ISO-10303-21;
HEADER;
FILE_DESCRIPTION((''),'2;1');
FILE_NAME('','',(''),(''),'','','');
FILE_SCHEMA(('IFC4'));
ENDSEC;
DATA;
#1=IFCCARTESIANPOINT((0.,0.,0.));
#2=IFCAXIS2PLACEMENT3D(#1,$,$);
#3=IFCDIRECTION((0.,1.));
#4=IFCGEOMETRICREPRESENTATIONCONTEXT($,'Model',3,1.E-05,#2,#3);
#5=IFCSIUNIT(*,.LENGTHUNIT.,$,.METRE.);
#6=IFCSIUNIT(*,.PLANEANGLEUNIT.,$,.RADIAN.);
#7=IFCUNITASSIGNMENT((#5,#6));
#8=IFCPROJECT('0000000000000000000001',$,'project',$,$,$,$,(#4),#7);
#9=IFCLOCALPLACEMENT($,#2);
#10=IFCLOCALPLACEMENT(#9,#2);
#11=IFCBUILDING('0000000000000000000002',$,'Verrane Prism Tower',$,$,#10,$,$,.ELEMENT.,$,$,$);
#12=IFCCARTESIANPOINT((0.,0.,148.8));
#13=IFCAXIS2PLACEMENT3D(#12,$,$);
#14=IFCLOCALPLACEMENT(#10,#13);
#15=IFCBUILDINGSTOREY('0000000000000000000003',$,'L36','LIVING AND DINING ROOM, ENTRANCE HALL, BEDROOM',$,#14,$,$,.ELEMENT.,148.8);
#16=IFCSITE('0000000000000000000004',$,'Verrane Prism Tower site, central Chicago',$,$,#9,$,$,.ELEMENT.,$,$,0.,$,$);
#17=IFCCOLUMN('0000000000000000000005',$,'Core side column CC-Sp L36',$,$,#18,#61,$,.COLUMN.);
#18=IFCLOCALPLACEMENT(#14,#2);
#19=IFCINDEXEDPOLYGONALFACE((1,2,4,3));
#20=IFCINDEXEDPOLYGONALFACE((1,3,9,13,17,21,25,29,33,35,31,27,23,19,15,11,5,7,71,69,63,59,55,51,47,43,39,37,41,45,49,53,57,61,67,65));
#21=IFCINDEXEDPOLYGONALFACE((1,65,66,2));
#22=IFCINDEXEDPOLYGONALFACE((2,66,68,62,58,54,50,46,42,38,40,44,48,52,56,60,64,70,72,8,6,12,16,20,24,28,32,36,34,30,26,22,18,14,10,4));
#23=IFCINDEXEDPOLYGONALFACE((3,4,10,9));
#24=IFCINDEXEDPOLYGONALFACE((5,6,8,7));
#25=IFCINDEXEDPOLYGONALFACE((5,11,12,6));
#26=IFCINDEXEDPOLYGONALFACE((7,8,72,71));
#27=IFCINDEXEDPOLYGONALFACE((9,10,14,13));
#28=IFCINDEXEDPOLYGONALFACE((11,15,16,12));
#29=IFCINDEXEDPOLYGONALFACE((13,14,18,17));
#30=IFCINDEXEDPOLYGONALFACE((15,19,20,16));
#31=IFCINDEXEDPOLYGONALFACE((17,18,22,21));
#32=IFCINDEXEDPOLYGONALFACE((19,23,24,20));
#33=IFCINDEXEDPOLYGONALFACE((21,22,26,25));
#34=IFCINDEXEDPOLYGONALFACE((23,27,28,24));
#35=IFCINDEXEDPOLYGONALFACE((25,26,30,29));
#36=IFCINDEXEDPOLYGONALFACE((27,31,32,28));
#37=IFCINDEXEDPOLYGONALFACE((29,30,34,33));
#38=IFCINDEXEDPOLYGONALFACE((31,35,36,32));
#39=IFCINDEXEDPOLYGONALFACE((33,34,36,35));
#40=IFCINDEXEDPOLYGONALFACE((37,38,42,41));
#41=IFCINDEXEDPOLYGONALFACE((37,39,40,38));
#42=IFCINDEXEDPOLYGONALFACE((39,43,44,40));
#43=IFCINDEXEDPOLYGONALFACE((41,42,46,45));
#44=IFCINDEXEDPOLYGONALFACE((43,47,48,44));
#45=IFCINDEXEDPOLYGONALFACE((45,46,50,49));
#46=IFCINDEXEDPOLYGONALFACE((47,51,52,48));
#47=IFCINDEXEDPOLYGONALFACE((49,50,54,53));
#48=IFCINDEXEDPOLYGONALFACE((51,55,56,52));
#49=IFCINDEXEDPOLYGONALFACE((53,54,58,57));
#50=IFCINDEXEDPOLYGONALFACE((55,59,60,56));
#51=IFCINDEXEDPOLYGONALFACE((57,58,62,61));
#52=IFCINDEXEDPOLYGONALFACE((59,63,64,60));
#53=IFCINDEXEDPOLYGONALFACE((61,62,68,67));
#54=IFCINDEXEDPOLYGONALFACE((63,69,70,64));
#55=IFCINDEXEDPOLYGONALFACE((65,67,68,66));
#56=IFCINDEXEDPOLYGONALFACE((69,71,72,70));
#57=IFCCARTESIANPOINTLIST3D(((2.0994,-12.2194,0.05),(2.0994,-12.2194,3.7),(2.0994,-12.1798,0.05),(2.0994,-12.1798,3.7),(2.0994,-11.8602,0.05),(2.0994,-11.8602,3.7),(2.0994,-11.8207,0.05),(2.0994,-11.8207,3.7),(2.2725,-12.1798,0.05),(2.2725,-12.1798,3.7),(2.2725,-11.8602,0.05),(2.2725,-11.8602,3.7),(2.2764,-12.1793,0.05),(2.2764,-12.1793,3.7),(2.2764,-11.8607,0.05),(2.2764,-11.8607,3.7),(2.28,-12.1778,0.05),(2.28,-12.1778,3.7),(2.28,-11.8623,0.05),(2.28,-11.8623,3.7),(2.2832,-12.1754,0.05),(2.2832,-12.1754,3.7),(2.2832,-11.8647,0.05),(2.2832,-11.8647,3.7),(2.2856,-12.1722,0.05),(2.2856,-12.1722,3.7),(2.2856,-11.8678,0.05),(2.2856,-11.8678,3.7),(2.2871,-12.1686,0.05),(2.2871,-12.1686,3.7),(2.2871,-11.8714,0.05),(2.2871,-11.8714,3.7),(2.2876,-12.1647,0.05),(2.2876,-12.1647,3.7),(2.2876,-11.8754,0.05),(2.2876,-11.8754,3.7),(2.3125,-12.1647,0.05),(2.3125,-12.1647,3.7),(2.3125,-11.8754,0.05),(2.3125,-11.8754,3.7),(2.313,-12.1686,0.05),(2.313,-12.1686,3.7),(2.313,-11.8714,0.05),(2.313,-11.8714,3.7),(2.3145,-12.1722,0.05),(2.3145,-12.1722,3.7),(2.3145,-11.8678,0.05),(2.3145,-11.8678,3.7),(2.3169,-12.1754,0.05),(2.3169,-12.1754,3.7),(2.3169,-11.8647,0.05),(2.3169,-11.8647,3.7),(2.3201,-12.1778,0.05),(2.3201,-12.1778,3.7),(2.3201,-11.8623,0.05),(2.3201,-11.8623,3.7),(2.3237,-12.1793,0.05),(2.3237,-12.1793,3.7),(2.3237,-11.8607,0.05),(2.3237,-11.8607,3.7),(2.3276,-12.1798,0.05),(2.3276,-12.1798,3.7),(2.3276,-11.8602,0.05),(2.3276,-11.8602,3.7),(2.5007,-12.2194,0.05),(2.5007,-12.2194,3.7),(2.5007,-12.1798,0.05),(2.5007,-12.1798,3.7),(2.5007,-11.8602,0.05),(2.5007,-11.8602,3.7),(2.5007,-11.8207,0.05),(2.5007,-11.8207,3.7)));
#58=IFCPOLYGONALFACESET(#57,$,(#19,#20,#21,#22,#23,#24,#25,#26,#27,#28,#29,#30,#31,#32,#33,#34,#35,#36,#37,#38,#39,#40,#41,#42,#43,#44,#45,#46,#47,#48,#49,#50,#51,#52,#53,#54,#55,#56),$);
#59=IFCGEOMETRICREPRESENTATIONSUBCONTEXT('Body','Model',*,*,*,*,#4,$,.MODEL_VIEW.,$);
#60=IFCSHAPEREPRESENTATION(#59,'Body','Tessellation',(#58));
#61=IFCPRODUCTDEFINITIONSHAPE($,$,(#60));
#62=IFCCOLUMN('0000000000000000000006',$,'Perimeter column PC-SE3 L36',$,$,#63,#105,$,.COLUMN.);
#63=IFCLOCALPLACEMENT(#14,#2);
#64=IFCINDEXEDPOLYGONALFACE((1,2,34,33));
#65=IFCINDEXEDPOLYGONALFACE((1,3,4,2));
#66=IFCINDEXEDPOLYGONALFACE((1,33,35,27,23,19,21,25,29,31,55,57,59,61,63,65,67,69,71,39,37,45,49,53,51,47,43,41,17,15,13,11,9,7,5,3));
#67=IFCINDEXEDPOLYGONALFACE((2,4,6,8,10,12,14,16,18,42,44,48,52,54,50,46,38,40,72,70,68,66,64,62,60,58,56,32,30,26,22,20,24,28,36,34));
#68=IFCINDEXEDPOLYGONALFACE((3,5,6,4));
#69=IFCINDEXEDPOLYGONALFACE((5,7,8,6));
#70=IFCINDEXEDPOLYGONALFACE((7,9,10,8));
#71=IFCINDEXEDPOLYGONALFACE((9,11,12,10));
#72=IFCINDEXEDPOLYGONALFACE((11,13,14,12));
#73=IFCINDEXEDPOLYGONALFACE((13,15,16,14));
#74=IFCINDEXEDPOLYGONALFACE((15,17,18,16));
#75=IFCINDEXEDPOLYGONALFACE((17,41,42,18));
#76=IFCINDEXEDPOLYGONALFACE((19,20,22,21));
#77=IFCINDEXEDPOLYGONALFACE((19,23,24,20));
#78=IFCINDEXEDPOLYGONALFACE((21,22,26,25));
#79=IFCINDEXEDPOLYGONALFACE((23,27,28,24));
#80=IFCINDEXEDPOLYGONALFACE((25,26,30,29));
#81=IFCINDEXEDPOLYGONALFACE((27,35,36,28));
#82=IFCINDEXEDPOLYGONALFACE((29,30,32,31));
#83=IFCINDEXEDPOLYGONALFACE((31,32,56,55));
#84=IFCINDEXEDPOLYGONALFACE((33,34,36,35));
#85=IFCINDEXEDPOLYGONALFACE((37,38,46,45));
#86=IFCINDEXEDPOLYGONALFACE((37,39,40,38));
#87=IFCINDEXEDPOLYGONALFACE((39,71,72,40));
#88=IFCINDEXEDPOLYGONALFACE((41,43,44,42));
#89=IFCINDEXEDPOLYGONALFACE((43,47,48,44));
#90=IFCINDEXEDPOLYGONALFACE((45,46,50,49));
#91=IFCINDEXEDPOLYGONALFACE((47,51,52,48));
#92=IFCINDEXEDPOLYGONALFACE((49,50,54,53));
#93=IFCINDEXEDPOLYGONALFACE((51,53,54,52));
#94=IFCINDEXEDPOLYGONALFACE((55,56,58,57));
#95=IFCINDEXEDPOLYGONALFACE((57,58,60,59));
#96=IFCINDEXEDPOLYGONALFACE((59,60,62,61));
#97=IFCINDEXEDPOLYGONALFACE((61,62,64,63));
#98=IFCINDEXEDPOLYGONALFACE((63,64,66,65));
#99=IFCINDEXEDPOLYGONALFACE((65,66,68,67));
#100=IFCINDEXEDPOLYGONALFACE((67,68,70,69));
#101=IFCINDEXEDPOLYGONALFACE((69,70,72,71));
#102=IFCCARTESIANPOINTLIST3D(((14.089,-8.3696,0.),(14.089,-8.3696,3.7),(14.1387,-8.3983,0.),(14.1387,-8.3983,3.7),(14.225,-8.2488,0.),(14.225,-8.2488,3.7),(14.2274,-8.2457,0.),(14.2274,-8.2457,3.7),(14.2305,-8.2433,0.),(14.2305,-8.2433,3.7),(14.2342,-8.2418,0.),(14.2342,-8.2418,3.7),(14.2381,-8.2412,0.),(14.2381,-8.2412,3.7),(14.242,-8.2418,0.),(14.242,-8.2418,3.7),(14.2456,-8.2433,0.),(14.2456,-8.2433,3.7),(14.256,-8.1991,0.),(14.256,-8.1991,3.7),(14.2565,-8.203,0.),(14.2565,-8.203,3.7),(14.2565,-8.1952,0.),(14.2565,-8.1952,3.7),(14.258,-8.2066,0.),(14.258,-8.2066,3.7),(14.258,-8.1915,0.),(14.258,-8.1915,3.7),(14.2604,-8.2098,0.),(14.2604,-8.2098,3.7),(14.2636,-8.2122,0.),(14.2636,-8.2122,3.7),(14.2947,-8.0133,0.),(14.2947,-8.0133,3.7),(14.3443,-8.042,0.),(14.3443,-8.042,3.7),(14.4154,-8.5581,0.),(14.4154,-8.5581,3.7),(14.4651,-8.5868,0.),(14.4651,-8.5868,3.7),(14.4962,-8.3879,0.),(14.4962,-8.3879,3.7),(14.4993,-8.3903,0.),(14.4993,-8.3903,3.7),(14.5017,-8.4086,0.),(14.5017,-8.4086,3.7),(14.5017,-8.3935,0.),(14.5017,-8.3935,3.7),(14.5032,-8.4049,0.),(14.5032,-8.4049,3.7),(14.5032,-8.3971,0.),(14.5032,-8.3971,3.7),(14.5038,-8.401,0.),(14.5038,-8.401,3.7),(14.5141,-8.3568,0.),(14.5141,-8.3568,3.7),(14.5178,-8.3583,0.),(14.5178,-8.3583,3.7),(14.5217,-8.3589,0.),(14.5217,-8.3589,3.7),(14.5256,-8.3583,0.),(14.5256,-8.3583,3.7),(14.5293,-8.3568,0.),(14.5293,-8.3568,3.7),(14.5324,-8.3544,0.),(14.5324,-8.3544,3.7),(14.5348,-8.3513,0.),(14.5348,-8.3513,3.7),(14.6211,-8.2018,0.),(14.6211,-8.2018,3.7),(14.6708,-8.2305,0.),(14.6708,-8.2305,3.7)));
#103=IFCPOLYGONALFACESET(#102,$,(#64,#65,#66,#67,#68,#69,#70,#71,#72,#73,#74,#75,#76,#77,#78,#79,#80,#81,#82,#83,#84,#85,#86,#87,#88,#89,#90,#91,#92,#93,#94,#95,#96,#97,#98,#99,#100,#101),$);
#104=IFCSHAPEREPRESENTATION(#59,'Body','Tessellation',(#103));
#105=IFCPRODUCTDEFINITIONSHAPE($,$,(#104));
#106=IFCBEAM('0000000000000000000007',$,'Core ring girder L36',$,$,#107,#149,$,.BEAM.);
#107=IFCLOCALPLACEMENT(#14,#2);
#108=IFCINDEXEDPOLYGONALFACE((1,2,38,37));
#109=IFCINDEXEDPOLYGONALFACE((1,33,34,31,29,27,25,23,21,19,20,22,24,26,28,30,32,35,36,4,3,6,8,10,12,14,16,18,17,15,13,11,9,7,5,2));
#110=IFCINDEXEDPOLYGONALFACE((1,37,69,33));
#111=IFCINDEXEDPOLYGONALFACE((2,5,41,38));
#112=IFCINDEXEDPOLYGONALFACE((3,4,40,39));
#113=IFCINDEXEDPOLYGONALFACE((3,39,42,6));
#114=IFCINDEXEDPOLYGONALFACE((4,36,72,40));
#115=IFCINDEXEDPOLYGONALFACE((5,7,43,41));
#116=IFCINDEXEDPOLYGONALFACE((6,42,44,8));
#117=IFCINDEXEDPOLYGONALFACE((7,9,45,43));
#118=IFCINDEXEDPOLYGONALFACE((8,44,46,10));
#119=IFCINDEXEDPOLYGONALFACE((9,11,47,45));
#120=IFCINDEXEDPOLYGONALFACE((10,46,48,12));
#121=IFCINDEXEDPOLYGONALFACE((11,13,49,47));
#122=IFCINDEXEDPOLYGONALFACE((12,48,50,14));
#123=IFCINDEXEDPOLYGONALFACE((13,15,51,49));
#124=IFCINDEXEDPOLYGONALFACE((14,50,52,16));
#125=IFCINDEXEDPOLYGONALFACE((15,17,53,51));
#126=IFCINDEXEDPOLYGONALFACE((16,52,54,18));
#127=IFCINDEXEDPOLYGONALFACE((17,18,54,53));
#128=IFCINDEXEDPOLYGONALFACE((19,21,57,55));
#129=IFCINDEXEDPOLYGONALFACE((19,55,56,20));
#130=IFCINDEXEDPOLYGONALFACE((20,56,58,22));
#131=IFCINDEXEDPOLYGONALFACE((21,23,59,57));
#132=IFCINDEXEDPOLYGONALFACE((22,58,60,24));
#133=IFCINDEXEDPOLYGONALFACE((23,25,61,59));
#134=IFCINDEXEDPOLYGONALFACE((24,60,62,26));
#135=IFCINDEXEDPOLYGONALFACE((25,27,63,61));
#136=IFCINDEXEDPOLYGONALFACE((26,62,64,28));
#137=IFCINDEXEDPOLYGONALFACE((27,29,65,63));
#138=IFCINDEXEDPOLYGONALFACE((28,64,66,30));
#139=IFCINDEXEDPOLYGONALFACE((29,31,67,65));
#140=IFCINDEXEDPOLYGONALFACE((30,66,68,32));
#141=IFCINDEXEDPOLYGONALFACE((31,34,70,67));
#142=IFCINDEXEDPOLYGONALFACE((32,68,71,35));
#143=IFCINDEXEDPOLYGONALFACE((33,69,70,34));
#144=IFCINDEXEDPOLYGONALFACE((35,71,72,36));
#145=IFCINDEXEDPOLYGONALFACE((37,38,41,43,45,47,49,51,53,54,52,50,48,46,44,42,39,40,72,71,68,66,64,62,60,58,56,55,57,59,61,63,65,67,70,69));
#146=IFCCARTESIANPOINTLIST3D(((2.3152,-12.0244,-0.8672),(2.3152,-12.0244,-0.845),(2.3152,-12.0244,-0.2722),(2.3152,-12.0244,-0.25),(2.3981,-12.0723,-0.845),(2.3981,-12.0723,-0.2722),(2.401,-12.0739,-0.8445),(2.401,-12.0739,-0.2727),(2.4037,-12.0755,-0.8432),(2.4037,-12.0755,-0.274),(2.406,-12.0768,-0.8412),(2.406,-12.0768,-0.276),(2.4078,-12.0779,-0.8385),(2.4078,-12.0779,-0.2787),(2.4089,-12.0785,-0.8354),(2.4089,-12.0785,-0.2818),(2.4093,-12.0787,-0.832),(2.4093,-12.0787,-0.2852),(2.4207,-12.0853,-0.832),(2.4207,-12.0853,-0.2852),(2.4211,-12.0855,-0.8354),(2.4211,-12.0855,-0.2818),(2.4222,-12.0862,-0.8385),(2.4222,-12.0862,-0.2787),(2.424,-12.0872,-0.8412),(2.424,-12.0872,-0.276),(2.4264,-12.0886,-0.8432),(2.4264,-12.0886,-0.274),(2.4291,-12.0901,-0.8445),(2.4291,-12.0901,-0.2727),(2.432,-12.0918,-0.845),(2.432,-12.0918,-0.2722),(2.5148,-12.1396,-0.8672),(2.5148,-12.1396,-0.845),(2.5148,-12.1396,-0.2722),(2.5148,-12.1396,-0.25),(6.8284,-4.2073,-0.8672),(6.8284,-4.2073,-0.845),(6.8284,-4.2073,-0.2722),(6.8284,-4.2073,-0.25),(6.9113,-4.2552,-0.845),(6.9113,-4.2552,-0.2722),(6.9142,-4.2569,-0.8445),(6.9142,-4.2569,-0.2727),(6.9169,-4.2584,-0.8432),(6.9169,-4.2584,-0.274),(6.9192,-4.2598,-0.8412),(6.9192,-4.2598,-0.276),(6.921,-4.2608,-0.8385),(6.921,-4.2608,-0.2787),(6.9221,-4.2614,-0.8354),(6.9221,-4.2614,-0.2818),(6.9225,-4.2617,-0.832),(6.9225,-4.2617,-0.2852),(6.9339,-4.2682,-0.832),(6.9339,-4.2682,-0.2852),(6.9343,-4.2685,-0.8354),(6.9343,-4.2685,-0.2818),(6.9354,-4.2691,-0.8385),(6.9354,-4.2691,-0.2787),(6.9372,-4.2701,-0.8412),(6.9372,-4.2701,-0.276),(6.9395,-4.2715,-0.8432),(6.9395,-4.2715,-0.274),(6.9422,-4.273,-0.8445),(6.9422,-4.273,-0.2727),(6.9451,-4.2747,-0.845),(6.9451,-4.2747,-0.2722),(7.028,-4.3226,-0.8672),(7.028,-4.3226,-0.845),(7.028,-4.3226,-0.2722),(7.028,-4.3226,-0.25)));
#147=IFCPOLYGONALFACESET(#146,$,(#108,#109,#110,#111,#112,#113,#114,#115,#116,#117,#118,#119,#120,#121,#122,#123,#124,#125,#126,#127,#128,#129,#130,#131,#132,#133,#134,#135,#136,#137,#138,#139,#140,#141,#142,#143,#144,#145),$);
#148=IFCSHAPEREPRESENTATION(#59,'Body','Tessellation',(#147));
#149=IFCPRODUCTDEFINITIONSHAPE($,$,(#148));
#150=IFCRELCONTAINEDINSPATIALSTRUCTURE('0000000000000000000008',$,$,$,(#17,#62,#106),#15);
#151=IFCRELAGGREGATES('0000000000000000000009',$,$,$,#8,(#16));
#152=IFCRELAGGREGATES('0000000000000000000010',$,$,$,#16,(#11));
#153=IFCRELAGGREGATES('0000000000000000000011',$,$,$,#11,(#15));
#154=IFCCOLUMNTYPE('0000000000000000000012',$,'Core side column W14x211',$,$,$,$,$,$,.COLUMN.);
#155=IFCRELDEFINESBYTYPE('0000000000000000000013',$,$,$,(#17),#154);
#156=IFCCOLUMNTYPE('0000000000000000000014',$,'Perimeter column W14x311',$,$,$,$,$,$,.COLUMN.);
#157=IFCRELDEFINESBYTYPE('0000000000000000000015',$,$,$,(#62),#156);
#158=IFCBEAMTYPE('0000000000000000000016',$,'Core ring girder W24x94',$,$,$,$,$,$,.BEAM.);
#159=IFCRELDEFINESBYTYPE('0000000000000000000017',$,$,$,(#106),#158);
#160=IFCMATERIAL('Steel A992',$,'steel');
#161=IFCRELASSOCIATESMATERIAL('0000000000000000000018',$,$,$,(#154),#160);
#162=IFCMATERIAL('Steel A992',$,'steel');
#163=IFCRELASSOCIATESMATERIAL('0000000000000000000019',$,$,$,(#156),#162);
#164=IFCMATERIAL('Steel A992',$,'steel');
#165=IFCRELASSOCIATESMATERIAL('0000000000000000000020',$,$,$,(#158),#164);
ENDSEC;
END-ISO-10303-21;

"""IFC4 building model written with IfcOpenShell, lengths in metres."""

from ifc_helpers import new_model, si_unit, direction, frame, origin, origin_2d, place, context, subcontext, project, spatial, i_section, extrude, material, material_profile, profile_set, type_object, element, save


model = new_model("IFC4")

# Units and contexts
model_context = context("Model", 3, precision=1e-05, world=origin(), true_north=direction((0.0, 1.0)))
body_context = subcontext(model_context, "Body", "Model", "MODEL_VIEW")
ifc_project = project(units=[si_unit("LENGTHUNIT", "METRE"), si_unit("PLANEANGLEUNIT", "RADIAN")], contexts=[model_context])

# Site, building, storey
site_placement = place(None, origin())
site = spatial("IfcSite", under=ifc_project, at=site_placement, Name="Verrane Prism Tower site, central Chicago", CompositionType="ELEMENT", RefElevation=0.0)
building_placement = place(site_placement, origin())
building = spatial("IfcBuilding", under=site, at=building_placement, Name="Verrane Prism Tower", CompositionType="ELEMENT")
storey_placement = place(building_placement, frame((0.0, 0.0, 148.8)))
storey = spatial("IfcBuildingStorey", under=building, at=storey_placement, Name="L36", Description="LIVING AND DINING ROOM, ENTRANCE HALL, BEDROOM", CompositionType="ELEMENT", Elevation=148.8)

# Columns
ifc_material_1 = material(Name="Steel A992", Category="steel")
ifc_material_profile_1 = material_profile(ifc_material_1, i_section(OverallWidth=0.4014, OverallDepth=0.3987, WebThickness=0.0249, FlangeThickness=0.0396, FilletRadius=0.0151, at=origin_2d()), Name="W14x211")
ifc_profile_set_1 = profile_set([ifc_material_profile_1], Name="Steel A992")
column_type_1 = type_object("IfcColumnType", Name="Core side column W14x211", PredefinedType="COLUMN", material=ifc_profile_set_1)
column_1_placement = place(storey_placement, frame((2.3, -12.02, 0.05), z_axis=(0.0, 0.0, 1.0), x_axis=(1.0, 0.0, 0.0)))
element("IfcColumn", 1, at=column_1_placement, inside=storey, type_object=column_type_1, Name="Core side column CC-Sp L36", PredefinedType="COLUMN", context=body_context, shape_type="SweptSolid", body=[
    extrude(i_section(OverallWidth=0.4014, OverallDepth=0.3987, WebThickness=0.0249, FlangeThickness=0.0396, FilletRadius=0.0151, at=origin_2d()), origin(), (0.0, 0.0, 1.0), 3.6499),
])
ifc_material_2 = material(Name="Steel A992", Category="steel")
ifc_material_profile_2 = material_profile(ifc_material_2, i_section(OverallWidth=0.4114, OverallDepth=0.4343, WebThickness=0.0359, FlangeThickness=0.0574, FilletRadius=0.0151, at=origin_2d()), Name="W14x311")
ifc_profile_set_2 = profile_set([ifc_material_profile_2], Name="Steel A992")
column_type_2 = type_object("IfcColumnType", Name="Perimeter column W14x311", PredefinedType="COLUMN", material=ifc_profile_set_2)
column_2_placement = place(storey_placement, frame((14.3799, -8.3, 0.0), z_axis=(0.0, 0.0, 1.0), x_axis=(-0.5, -0.866025, 0.0)))
element("IfcColumn", 2, at=column_2_placement, inside=storey, type_object=column_type_2, Name="Perimeter column PC-SE3 L36", PredefinedType="COLUMN", context=body_context, shape_type="SweptSolid", body=[
    extrude(i_section(OverallWidth=0.4114, OverallDepth=0.4343, WebThickness=0.0359, FlangeThickness=0.0574, FilletRadius=0.0151, at=origin_2d()), origin(), (0.0, 0.0, 1.0), 3.7),
])

# Beam
ifc_material_3 = material(Name="Steel A992", Category="steel")
ifc_material_profile_3 = material_profile(ifc_material_3, i_section(OverallWidth=0.2305, OverallDepth=0.6172, WebThickness=0.0132, FlangeThickness=0.0222, FilletRadius=0.0129, at=origin_2d()), Name="W24x94")
ifc_profile_set_3 = profile_set([ifc_material_profile_3], Name="Steel A992")
beam_type_1 = type_object("IfcBeamType", Name="Core ring girder W24x94", PredefinedType="BEAM", material=ifc_profile_set_3)
beam_1_placement = place(storey_placement, frame((2.415, -12.082, -0.5586), z_axis=(0.499996, 0.866027, 0.0), x_axis=(-0.866027, 0.499996, 0.0)))
element("IfcBeam", 3, at=beam_1_placement, inside=storey, type_object=beam_type_1, Name="Core ring girder L36", PredefinedType="BEAM", context=body_context, shape_type="SweptSolid", body=[
    extrude(i_section(OverallWidth=0.2305, OverallDepth=0.6172, WebThickness=0.0132, FlangeThickness=0.0222, FilletRadius=0.0129, at=origin_2d()), origin(), (0.0, 0.0, 1.0), 9.0264),
])

save(model, "model.ifc")
